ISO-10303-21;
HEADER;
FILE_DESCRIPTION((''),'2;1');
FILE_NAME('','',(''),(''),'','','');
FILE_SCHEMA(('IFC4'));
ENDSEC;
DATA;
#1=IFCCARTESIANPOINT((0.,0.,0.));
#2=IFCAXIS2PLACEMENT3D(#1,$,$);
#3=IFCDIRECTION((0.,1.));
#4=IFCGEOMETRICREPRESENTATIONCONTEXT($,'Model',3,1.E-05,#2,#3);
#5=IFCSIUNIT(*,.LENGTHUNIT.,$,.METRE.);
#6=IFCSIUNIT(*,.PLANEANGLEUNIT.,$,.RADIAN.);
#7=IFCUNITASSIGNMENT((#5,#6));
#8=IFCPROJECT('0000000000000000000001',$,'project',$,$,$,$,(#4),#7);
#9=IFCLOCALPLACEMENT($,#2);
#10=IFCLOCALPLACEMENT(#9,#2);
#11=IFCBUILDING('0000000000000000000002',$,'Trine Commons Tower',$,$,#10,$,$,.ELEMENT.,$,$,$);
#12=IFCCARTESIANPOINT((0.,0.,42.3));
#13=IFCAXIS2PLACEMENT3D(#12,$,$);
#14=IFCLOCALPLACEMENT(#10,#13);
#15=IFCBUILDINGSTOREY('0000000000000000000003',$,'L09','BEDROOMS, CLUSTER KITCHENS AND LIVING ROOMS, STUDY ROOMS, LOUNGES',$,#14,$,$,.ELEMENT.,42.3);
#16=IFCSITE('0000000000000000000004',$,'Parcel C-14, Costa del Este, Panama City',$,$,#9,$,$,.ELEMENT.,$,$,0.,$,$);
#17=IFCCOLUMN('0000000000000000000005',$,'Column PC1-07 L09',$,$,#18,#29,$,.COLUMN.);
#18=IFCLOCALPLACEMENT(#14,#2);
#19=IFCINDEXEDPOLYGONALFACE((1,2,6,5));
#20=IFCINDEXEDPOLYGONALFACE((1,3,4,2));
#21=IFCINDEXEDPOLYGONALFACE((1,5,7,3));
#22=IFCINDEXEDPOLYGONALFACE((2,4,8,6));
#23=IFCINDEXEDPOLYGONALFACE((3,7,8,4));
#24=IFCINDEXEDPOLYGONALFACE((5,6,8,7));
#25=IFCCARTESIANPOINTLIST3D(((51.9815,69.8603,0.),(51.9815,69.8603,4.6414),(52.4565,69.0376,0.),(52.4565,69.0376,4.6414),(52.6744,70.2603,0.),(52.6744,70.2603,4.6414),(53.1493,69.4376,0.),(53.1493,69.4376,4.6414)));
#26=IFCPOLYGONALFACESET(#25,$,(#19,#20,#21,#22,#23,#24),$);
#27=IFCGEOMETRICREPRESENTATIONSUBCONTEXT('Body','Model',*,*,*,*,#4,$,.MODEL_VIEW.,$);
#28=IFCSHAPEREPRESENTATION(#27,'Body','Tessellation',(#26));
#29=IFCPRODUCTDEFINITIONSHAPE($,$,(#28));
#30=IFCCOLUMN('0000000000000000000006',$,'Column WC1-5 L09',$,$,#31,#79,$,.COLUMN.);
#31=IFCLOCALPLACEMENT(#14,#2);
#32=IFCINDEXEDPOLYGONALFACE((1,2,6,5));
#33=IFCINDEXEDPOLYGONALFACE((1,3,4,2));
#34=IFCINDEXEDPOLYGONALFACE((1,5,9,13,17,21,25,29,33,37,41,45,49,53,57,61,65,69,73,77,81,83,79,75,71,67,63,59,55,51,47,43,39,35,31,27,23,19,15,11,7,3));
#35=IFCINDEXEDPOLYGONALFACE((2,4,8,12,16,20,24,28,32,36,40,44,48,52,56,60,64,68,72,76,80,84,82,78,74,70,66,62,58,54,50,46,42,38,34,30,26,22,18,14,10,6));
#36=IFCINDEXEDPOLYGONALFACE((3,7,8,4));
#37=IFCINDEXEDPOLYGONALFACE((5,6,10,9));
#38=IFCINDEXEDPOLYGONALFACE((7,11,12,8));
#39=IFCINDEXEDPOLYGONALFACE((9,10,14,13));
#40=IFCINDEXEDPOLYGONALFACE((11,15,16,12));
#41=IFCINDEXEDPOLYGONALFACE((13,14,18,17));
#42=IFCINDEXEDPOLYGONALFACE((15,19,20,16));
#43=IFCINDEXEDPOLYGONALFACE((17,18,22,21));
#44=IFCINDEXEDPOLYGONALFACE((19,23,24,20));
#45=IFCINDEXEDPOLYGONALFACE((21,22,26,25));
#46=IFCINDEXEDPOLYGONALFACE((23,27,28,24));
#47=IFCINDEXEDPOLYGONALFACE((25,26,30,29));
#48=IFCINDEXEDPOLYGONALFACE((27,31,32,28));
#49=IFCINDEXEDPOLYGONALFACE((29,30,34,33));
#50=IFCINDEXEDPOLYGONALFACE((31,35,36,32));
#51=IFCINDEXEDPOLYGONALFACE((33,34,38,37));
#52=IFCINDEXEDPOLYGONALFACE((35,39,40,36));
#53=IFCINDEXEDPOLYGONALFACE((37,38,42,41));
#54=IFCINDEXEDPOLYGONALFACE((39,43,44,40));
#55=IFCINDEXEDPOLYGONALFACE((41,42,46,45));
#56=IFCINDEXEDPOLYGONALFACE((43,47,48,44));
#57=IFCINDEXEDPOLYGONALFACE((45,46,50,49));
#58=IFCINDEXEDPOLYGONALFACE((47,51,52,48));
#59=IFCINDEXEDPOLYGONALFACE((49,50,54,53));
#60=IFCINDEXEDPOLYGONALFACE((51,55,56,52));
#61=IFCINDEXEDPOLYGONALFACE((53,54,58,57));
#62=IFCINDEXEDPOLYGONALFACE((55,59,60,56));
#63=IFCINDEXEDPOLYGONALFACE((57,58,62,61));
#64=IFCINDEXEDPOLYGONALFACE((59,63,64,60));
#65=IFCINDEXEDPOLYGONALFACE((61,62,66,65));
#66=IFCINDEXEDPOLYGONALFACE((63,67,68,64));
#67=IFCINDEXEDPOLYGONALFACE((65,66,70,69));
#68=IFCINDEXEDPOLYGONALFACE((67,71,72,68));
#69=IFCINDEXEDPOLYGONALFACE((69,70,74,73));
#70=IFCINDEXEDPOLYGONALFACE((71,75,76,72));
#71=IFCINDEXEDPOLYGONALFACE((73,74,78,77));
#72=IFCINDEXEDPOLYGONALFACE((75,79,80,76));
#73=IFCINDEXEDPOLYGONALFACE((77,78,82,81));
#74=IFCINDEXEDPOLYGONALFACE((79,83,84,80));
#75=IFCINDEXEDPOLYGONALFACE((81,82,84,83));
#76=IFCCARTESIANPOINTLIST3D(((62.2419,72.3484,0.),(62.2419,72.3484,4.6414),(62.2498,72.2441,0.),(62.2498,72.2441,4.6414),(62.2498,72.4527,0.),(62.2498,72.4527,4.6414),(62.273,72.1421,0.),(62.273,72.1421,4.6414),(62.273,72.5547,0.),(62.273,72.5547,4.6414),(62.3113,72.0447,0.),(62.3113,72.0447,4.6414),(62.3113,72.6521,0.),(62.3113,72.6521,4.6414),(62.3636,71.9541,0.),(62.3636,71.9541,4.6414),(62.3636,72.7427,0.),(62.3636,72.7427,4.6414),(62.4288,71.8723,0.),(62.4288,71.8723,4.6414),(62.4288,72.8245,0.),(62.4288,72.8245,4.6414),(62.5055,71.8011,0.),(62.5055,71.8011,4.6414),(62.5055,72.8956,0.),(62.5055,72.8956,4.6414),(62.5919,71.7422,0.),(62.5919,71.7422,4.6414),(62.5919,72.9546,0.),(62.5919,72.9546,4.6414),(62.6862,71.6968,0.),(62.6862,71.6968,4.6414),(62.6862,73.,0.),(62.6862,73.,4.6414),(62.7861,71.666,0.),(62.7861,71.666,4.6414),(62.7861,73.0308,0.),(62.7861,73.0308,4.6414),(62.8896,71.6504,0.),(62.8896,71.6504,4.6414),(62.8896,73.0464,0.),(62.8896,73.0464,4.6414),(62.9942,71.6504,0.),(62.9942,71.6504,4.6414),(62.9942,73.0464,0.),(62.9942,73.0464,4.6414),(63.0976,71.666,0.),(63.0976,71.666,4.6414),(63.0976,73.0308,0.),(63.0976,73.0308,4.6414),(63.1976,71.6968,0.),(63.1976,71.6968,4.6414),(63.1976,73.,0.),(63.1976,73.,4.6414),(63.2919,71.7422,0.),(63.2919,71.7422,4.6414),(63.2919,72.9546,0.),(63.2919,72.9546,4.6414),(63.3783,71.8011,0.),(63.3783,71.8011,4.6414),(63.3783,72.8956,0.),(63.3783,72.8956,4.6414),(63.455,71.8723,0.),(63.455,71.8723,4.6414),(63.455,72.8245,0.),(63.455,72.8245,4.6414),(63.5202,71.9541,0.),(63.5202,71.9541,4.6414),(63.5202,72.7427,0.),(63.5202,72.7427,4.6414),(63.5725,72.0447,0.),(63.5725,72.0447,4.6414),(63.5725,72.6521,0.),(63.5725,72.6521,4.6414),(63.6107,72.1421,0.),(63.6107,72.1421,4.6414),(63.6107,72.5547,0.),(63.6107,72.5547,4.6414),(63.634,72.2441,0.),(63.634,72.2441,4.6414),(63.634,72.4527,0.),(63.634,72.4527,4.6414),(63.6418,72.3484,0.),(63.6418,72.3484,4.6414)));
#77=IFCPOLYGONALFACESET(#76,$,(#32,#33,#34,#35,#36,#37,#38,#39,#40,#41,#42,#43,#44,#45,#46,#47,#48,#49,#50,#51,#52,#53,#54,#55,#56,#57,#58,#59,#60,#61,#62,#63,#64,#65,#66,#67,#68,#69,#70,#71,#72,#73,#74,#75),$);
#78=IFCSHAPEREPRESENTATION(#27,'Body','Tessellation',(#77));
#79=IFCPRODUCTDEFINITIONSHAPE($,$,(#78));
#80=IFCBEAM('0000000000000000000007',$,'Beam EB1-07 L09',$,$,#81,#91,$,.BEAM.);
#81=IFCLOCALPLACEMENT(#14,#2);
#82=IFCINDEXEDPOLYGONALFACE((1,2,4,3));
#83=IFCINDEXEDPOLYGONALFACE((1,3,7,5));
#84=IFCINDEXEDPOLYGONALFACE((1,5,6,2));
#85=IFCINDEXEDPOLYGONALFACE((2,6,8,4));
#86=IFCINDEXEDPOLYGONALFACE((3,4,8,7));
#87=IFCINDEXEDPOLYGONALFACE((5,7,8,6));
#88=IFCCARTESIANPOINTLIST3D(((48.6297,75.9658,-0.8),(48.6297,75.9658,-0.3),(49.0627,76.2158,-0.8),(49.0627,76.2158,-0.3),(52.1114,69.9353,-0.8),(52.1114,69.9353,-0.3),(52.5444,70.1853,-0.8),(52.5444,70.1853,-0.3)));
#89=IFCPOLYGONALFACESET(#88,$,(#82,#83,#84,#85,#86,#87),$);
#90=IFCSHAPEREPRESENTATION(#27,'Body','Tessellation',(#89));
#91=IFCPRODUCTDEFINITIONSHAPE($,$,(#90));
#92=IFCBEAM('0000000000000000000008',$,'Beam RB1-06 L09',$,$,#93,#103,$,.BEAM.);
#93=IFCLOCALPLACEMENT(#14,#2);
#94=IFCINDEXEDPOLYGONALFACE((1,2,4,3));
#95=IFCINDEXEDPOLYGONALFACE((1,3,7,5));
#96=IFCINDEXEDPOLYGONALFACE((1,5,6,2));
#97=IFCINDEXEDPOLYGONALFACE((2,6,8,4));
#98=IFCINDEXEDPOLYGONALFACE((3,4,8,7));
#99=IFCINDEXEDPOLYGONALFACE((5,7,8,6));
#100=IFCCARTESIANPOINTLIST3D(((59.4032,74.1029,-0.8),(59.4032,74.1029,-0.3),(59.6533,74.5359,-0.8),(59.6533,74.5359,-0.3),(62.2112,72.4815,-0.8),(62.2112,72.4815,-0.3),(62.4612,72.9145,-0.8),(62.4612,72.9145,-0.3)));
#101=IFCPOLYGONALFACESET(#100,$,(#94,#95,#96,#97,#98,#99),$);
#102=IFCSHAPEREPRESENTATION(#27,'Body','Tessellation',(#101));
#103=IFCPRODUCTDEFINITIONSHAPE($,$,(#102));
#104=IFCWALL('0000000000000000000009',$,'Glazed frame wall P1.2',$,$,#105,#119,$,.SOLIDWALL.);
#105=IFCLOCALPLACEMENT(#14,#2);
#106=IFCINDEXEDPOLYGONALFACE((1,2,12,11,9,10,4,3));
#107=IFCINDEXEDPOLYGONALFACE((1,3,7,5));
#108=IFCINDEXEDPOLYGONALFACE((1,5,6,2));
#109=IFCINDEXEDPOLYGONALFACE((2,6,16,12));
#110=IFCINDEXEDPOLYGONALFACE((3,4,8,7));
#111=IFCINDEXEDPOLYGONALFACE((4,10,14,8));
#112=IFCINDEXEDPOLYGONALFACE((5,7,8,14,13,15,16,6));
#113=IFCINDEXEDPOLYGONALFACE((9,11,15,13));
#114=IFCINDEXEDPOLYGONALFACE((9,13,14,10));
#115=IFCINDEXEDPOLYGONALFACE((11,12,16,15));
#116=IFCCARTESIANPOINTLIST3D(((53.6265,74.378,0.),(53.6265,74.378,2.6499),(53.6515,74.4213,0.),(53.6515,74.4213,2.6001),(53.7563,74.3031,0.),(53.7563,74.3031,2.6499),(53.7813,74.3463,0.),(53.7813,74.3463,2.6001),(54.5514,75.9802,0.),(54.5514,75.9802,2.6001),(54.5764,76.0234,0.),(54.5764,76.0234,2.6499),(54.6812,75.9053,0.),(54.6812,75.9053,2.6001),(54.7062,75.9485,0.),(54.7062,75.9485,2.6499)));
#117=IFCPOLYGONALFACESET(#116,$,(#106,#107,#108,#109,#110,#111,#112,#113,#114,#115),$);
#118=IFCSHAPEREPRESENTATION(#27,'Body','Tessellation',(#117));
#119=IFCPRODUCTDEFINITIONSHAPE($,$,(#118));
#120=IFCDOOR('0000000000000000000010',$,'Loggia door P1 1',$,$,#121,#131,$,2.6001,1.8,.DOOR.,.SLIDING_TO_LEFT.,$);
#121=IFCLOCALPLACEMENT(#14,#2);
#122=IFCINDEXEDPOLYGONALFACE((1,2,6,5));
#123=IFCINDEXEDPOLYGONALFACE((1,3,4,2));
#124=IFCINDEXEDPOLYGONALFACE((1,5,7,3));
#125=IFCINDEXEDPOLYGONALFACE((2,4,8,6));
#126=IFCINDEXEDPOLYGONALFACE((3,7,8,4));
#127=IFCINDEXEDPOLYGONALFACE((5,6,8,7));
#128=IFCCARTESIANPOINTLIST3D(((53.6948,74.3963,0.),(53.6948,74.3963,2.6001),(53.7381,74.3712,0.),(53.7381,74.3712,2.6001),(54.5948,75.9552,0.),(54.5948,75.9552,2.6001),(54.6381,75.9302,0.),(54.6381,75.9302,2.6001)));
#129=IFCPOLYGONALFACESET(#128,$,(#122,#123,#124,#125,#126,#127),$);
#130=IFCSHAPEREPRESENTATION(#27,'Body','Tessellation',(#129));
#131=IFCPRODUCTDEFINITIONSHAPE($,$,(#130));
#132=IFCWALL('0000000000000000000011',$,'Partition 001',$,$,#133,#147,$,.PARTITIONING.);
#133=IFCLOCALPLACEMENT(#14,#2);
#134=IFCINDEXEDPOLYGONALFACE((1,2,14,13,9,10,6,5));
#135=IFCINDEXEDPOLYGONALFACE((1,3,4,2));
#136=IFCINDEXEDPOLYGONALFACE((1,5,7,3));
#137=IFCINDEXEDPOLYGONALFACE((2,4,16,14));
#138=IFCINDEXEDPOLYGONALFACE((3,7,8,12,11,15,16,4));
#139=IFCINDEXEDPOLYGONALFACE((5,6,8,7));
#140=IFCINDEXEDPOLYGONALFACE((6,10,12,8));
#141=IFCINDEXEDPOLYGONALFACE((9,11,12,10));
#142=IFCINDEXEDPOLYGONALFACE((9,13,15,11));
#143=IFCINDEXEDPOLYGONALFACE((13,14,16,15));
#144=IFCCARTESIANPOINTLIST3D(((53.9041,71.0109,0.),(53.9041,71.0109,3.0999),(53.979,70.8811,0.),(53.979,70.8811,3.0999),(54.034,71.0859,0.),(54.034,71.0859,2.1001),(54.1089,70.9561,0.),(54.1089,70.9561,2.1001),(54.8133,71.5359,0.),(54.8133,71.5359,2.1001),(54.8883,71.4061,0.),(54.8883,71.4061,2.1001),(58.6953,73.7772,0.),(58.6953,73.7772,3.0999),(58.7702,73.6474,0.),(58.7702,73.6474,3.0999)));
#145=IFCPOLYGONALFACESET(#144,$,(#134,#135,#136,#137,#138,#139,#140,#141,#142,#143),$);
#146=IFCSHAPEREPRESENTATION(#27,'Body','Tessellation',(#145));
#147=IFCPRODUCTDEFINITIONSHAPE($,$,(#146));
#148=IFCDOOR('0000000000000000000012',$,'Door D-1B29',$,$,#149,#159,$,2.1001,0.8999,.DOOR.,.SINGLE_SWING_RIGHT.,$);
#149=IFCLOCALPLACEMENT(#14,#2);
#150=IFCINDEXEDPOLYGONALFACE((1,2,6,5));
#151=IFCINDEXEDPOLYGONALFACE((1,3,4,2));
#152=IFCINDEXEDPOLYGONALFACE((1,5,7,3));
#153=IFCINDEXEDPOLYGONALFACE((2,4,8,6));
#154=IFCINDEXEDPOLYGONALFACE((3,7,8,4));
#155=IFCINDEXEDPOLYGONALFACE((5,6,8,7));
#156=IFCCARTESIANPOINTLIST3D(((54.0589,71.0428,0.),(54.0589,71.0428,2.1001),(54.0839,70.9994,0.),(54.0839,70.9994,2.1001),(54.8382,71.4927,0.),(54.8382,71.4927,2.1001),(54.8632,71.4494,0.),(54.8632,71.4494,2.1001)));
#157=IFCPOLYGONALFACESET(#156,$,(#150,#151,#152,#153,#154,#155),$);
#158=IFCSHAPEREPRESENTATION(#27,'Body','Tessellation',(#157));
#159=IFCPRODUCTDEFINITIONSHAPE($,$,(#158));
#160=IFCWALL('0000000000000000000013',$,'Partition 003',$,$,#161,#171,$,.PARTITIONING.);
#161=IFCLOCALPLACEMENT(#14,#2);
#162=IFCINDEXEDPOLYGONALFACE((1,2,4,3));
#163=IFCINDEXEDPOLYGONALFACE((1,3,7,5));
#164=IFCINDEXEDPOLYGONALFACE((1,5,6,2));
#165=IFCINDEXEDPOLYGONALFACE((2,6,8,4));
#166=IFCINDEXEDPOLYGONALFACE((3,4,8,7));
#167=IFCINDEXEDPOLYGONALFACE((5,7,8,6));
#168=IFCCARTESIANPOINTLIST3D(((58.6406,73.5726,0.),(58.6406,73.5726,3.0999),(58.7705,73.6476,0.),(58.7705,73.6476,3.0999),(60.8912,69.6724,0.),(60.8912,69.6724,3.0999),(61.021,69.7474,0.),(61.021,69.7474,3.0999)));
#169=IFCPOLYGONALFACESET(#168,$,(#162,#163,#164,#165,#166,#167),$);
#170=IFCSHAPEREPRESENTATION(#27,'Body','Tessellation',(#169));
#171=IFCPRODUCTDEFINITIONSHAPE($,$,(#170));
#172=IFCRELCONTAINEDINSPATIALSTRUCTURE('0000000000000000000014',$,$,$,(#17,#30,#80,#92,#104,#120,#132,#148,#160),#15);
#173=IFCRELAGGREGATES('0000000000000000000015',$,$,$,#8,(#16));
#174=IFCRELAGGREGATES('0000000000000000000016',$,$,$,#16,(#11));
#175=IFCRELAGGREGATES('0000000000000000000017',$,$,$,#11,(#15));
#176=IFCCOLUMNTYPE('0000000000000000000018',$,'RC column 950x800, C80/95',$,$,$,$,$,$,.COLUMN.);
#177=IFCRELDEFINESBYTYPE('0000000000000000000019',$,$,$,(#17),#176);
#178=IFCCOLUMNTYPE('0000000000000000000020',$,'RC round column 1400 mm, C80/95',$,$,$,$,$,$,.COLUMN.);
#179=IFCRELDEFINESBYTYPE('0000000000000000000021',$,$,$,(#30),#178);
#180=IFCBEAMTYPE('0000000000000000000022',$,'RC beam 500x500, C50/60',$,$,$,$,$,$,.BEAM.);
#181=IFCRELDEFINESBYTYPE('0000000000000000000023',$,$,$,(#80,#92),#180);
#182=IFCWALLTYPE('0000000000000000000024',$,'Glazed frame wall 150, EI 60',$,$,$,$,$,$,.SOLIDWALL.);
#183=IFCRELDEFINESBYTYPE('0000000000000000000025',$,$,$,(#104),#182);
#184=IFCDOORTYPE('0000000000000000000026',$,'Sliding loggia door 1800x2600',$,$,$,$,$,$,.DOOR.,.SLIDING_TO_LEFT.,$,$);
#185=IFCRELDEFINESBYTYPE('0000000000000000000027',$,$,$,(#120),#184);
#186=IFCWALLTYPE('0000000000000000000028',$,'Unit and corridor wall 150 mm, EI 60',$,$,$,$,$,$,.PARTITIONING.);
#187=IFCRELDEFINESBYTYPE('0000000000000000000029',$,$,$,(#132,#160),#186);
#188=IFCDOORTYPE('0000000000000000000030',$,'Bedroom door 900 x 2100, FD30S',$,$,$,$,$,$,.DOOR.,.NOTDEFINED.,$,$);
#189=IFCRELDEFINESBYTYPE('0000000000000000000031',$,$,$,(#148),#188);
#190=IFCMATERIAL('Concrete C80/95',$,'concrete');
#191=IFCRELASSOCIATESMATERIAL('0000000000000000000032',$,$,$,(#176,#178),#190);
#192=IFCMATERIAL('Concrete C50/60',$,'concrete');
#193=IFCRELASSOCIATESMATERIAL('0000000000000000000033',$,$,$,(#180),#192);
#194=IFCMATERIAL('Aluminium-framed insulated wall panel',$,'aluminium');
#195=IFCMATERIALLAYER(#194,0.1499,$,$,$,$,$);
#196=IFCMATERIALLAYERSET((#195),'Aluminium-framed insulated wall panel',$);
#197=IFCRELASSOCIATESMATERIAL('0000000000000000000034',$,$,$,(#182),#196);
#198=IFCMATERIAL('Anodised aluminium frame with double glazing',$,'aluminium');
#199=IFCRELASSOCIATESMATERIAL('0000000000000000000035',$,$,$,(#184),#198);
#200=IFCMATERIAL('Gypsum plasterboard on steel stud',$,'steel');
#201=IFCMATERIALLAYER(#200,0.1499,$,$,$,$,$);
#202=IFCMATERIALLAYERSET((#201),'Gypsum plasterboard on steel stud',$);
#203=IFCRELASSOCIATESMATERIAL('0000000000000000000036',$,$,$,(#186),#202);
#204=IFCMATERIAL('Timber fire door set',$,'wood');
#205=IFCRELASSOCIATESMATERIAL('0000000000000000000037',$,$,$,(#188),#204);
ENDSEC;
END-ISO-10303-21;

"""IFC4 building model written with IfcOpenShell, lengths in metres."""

from ifc_helpers import new_model, si_unit, direction, frame, frame_2d, origin, origin_2d, place, context, subcontext, project, spatial, polyline, rectangle, circle, outline, extrude, material, layer, layer_set, material_profile, profile_set, type_object, element, fill, save


model = new_model("IFC4")

# Units and contexts
model_context = context("Model", 3, precision=1e-05, world=origin(), true_north=direction((0.0, 1.0)))
body_context = subcontext(model_context, "Body", "Model", "MODEL_VIEW")
ifc_project = project(units=[si_unit("LENGTHUNIT", "METRE"), si_unit("PLANEANGLEUNIT", "RADIAN")], contexts=[model_context])

# Site, building, storey
site_placement = place(None, origin())
site = spatial("IfcSite", under=ifc_project, at=site_placement, Name="Parcel C-14, Costa del Este, Panama City", CompositionType="ELEMENT", RefElevation=0.0)
building_placement = place(site_placement, origin())
building = spatial("IfcBuilding", under=site, at=building_placement, Name="Trine Commons Tower", CompositionType="ELEMENT")
storey_placement = place(building_placement, frame((0.0, 0.0, 42.3)))
storey = spatial("IfcBuildingStorey", under=building, at=storey_placement, Name="L09", Description="BEDROOMS, CLUSTER KITCHENS AND LIVING ROOMS, STUDY ROOMS, LOUNGES", CompositionType="ELEMENT", Elevation=42.3)

# Columns
ifc_material_1 = material(Name="Concrete C80/95", Category="concrete")
ifc_material_profile_1 = material_profile(ifc_material_1, rectangle(XDim=0.95, YDim=0.8, at=origin_2d()), Name="RC 950x800")
ifc_profile_set_1 = profile_set([ifc_material_profile_1], Name="Concrete C80/95")
column_type_1 = type_object("IfcColumnType", Name="RC column 950x800, C80/95", PredefinedType="COLUMN", material=ifc_profile_set_1)
column_1_placement = place(storey_placement, frame((52.5654, 69.6489, 0.0), z_axis=(0.0, 0.0, 1.0), x_axis=(-0.5, 0.866025, 0.0)))
element("IfcColumn", 1, at=column_1_placement, inside=storey, type_object=column_type_1, Name="Column PC1-07 L09", PredefinedType="COLUMN", context=body_context, shape_type="SweptSolid", body=[
    extrude(rectangle(XDim=0.95, YDim=0.8, at=origin_2d()), origin(), (0.0, 0.0, 1.0), 4.6414),
])
ifc_material_profile_2 = material_profile(ifc_material_1, circle(Radius=0.7, at=origin_2d()), Name="RC round 1400")
ifc_profile_set_2 = profile_set([ifc_material_profile_2], Name="Concrete C80/95")
column_type_2 = type_object("IfcColumnType", Name="RC round column 1400 mm, C80/95", PredefinedType="COLUMN", material=ifc_profile_set_2)
column_2_placement = place(storey_placement, frame((62.9419, 72.3484, 0.0), z_axis=(0.0, 0.0, 1.0), x_axis=(1.0, 0.0, 0.0)))
element("IfcColumn", 2, at=column_2_placement, inside=storey, type_object=column_type_2, Name="Column WC1-5 L09", PredefinedType="COLUMN", context=body_context, shape_type="SweptSolid", body=[
    extrude(circle(Radius=0.7, at=origin_2d()), origin(), (0.0, 0.0, 1.0), 4.6414),
])

# Beams
ifc_material_2 = material(Name="Concrete C50/60", Category="concrete")
ifc_material_profile_3 = material_profile(ifc_material_2, rectangle(XDim=0.5, YDim=0.5, at=origin_2d()), Name="RC 500x500")
ifc_profile_set_3 = profile_set([ifc_material_profile_3], Name="Concrete C50/60")
beam_type = type_object("IfcBeamType", Name="RC beam 500x500, C50/60", PredefinedType="BEAM", material=ifc_profile_set_3)
beam_1_placement = place(storey_placement, frame((52.3279, 70.0603, -0.55), z_axis=(-0.499997, 0.866027, 0.0), x_axis=(-0.866027, -0.499997, 0.0)))
element("IfcBeam", 3, at=beam_1_placement, inside=storey, type_object=beam_type, Name="Beam EB1-07 L09", PredefinedType="BEAM", context=body_context, shape_type="SweptSolid", body=[
    extrude(rectangle(XDim=0.5, YDim=0.5, at=origin_2d()), origin(), (0.0, 0.0, 1.0), 6.9634),
])
beam_2_placement = place(storey_placement, frame((62.3362, 72.698, -0.55), z_axis=(-0.865996, 0.500051, 0.0), x_axis=(-0.500051, -0.865996, 0.0)))
element("IfcBeam", 4, at=beam_2_placement, inside=storey, type_object=beam_type, Name="Beam RB1-06 L09", PredefinedType="BEAM", context=body_context, shape_type="SweptSolid", body=[
    extrude(rectangle(XDim=0.5, YDim=0.5, at=origin_2d()), origin(), (0.0, 0.0, 1.0), 3.2424),
])

# Shared definitions
ifc_material_3 = material(Name="Aluminium-framed insulated wall panel", Category="aluminium")
ifc_layer_1 = layer(ifc_material_3, 0.1499)
ifc_layer_set_1 = layer_set([ifc_layer_1], Name="Aluminium-framed insulated wall panel")
wall_type_1 = type_object("IfcWallType", Name="Glazed frame wall 150, EI 60", PredefinedType="SOLIDWALL", material=ifc_layer_set_1)

# Walls, openings, doors
wall_1_placement = place(storey_placement, frame((53.6914, 74.3406, 0.0), z_axis=(0.0, 0.0, 1.0), x_axis=(0.499967, 0.866044, 0.0)))
wall_1 = element("IfcWall", 5, at=wall_1_placement, inside=storey, type_object=wall_type_1, Name="Glazed frame wall P1.2", PredefinedType="SOLIDWALL", context=body_context, shape_type="SweptSolid", body=[
    extrude(outline(polyline([(0.0, -0.075), (1.8999, -0.075), (1.8999, 0.075), (0.0, 0.075), (0.0, -0.075)])), origin(), (0.0, 0.0, 1.0), 2.6499),
])
opening_1_placement = place(wall_1_placement, frame((0.05, 0.0, 0.0)))
opening_1 = element("IfcOpeningElement", 6, at=opening_1_placement, cuts=wall_1, PredefinedType="OPENING", context=body_context, shape_type="SweptSolid", body=[
    extrude(rectangle(XDim=1.8, YDim=2.6001, at=frame_2d((0.8999, 1.3))), frame((0.0, 0.085, 0.0), z_axis=(0.0, -1.0, 0.0), x_axis=(1.0, 0.0, 0.0)), (0.0, 0.0, 1.0), 0.1699),
])
ifc_material_4 = material(Name="Anodised aluminium frame with double glazing", Category="aluminium")
door_type_1 = type_object("IfcDoorType", Name="Sliding loggia door 1800x2600", OperationType="SLIDING_TO_LEFT", PredefinedType="DOOR", material=ifc_material_4)
door_1_placement = place(opening_1_placement, origin())
door_1 = element("IfcDoor", 7, at=door_1_placement, inside=storey, type_object=door_type_1, Name="Loggia door P1 1", OperationType="SLIDING_TO_LEFT", OverallHeight=2.6001, OverallWidth=1.8, PredefinedType="DOOR", context=body_context, shape_type="SweptSolid", body=[
    extrude(rectangle(XDim=1.8, YDim=2.6001, at=frame_2d((0.8999, 1.3))), frame((0.0, 0.0249, 0.0), z_axis=(0.0, -1.0, 0.0), x_axis=(1.0, 0.0, 0.0)), (0.0, 0.0, 1.0), 0.05),
])
fill(opening_1, door_1)
ifc_material_5 = material(Name="Gypsum plasterboard on steel stud", Category="steel")
ifc_layer_2 = layer(ifc_material_5, 0.1499)
ifc_layer_set_2 = layer_set([ifc_layer_2], Name="Gypsum plasterboard on steel stud")
wall_type_2 = type_object("IfcWallType", Name="Unit and corridor wall 150 mm, EI 60", PredefinedType="PARTITIONING", material=ifc_layer_set_2)
wall_2_placement = place(storey_placement, frame((53.9417, 70.946, 0.0), z_axis=(0.0, 0.0, 1.0), x_axis=(0.866016, 0.500017, 0.0)))
wall_2 = element("IfcWall", 8, at=wall_2_placement, inside=storey, type_object=wall_type_2, Name="Partition 001", PredefinedType="PARTITIONING", context=body_context, shape_type="SweptSolid", body=[
    extrude(rectangle(XDim=5.5325, YDim=0.1499, at=frame_2d((2.7661, 0.0))), origin(), (0.0, 0.0, 1.0), 3.0999),
])
opening_2_placement = place(wall_2_placement, frame((0.1499, 0.0, 0.0)))
opening_2 = element("IfcOpeningElement", 9, at=opening_2_placement, cuts=wall_2, PredefinedType="OPENING", context=body_context, shape_type="SweptSolid", body=[
    extrude(rectangle(XDim=0.8999, YDim=2.1001, at=frame_2d((0.45, 1.05))), frame((0.0, 0.085, 0.0), z_axis=(0.0, -1.0, 0.0), x_axis=(1.0, 0.0, 0.0)), (0.0, 0.0, 1.0), 0.1699),
])
ifc_material_6 = material(Name="Timber fire door set", Category="wood")
door_type_2 = type_object("IfcDoorType", Name="Bedroom door 900 x 2100, FD30S", OperationType="NOTDEFINED", PredefinedType="DOOR", material=ifc_material_6)
door_2_placement = place(opening_2_placement, frame((0.8999, 0.0, 0.0), z_axis=(0.0, 0.0, 1.0), x_axis=(-1.0, 0.0, 0.0)))
door_2 = element("IfcDoor", 10, at=door_2_placement, inside=storey, type_object=door_type_2, Name="Door D-1B29", OperationType="SINGLE_SWING_RIGHT", OverallHeight=2.1001, OverallWidth=0.8999, PredefinedType="DOOR", context=body_context, shape_type="SweptSolid", body=[
    extrude(rectangle(XDim=0.8999, YDim=2.1001, at=frame_2d((0.45, 1.05))), frame((0.0, 0.0249, 0.0), z_axis=(0.0, -1.0, 0.0), x_axis=(1.0, 0.0, 0.0)), (0.0, 0.0, 1.0), 0.05),
])
fill(opening_2, door_2)

# Wall
wall_3_placement = place(storey_placement, frame((58.7056, 73.6101, 0.0), z_axis=(0.0, 0.0, 1.0), x_axis=(0.49979, -0.866147, 0.0)))
element("IfcWall", 11, at=wall_3_placement, inside=storey, type_object=wall_type_2, Name="Partition 003", PredefinedType="PARTITIONING", context=body_context, shape_type="SweptSolid", body=[
    extrude(rectangle(XDim=4.5029, YDim=0.1499, at=frame_2d((2.2515, 0.0))), origin(), (0.0, 0.0, 1.0), 3.0999),
])

save(model, "model.ifc")
